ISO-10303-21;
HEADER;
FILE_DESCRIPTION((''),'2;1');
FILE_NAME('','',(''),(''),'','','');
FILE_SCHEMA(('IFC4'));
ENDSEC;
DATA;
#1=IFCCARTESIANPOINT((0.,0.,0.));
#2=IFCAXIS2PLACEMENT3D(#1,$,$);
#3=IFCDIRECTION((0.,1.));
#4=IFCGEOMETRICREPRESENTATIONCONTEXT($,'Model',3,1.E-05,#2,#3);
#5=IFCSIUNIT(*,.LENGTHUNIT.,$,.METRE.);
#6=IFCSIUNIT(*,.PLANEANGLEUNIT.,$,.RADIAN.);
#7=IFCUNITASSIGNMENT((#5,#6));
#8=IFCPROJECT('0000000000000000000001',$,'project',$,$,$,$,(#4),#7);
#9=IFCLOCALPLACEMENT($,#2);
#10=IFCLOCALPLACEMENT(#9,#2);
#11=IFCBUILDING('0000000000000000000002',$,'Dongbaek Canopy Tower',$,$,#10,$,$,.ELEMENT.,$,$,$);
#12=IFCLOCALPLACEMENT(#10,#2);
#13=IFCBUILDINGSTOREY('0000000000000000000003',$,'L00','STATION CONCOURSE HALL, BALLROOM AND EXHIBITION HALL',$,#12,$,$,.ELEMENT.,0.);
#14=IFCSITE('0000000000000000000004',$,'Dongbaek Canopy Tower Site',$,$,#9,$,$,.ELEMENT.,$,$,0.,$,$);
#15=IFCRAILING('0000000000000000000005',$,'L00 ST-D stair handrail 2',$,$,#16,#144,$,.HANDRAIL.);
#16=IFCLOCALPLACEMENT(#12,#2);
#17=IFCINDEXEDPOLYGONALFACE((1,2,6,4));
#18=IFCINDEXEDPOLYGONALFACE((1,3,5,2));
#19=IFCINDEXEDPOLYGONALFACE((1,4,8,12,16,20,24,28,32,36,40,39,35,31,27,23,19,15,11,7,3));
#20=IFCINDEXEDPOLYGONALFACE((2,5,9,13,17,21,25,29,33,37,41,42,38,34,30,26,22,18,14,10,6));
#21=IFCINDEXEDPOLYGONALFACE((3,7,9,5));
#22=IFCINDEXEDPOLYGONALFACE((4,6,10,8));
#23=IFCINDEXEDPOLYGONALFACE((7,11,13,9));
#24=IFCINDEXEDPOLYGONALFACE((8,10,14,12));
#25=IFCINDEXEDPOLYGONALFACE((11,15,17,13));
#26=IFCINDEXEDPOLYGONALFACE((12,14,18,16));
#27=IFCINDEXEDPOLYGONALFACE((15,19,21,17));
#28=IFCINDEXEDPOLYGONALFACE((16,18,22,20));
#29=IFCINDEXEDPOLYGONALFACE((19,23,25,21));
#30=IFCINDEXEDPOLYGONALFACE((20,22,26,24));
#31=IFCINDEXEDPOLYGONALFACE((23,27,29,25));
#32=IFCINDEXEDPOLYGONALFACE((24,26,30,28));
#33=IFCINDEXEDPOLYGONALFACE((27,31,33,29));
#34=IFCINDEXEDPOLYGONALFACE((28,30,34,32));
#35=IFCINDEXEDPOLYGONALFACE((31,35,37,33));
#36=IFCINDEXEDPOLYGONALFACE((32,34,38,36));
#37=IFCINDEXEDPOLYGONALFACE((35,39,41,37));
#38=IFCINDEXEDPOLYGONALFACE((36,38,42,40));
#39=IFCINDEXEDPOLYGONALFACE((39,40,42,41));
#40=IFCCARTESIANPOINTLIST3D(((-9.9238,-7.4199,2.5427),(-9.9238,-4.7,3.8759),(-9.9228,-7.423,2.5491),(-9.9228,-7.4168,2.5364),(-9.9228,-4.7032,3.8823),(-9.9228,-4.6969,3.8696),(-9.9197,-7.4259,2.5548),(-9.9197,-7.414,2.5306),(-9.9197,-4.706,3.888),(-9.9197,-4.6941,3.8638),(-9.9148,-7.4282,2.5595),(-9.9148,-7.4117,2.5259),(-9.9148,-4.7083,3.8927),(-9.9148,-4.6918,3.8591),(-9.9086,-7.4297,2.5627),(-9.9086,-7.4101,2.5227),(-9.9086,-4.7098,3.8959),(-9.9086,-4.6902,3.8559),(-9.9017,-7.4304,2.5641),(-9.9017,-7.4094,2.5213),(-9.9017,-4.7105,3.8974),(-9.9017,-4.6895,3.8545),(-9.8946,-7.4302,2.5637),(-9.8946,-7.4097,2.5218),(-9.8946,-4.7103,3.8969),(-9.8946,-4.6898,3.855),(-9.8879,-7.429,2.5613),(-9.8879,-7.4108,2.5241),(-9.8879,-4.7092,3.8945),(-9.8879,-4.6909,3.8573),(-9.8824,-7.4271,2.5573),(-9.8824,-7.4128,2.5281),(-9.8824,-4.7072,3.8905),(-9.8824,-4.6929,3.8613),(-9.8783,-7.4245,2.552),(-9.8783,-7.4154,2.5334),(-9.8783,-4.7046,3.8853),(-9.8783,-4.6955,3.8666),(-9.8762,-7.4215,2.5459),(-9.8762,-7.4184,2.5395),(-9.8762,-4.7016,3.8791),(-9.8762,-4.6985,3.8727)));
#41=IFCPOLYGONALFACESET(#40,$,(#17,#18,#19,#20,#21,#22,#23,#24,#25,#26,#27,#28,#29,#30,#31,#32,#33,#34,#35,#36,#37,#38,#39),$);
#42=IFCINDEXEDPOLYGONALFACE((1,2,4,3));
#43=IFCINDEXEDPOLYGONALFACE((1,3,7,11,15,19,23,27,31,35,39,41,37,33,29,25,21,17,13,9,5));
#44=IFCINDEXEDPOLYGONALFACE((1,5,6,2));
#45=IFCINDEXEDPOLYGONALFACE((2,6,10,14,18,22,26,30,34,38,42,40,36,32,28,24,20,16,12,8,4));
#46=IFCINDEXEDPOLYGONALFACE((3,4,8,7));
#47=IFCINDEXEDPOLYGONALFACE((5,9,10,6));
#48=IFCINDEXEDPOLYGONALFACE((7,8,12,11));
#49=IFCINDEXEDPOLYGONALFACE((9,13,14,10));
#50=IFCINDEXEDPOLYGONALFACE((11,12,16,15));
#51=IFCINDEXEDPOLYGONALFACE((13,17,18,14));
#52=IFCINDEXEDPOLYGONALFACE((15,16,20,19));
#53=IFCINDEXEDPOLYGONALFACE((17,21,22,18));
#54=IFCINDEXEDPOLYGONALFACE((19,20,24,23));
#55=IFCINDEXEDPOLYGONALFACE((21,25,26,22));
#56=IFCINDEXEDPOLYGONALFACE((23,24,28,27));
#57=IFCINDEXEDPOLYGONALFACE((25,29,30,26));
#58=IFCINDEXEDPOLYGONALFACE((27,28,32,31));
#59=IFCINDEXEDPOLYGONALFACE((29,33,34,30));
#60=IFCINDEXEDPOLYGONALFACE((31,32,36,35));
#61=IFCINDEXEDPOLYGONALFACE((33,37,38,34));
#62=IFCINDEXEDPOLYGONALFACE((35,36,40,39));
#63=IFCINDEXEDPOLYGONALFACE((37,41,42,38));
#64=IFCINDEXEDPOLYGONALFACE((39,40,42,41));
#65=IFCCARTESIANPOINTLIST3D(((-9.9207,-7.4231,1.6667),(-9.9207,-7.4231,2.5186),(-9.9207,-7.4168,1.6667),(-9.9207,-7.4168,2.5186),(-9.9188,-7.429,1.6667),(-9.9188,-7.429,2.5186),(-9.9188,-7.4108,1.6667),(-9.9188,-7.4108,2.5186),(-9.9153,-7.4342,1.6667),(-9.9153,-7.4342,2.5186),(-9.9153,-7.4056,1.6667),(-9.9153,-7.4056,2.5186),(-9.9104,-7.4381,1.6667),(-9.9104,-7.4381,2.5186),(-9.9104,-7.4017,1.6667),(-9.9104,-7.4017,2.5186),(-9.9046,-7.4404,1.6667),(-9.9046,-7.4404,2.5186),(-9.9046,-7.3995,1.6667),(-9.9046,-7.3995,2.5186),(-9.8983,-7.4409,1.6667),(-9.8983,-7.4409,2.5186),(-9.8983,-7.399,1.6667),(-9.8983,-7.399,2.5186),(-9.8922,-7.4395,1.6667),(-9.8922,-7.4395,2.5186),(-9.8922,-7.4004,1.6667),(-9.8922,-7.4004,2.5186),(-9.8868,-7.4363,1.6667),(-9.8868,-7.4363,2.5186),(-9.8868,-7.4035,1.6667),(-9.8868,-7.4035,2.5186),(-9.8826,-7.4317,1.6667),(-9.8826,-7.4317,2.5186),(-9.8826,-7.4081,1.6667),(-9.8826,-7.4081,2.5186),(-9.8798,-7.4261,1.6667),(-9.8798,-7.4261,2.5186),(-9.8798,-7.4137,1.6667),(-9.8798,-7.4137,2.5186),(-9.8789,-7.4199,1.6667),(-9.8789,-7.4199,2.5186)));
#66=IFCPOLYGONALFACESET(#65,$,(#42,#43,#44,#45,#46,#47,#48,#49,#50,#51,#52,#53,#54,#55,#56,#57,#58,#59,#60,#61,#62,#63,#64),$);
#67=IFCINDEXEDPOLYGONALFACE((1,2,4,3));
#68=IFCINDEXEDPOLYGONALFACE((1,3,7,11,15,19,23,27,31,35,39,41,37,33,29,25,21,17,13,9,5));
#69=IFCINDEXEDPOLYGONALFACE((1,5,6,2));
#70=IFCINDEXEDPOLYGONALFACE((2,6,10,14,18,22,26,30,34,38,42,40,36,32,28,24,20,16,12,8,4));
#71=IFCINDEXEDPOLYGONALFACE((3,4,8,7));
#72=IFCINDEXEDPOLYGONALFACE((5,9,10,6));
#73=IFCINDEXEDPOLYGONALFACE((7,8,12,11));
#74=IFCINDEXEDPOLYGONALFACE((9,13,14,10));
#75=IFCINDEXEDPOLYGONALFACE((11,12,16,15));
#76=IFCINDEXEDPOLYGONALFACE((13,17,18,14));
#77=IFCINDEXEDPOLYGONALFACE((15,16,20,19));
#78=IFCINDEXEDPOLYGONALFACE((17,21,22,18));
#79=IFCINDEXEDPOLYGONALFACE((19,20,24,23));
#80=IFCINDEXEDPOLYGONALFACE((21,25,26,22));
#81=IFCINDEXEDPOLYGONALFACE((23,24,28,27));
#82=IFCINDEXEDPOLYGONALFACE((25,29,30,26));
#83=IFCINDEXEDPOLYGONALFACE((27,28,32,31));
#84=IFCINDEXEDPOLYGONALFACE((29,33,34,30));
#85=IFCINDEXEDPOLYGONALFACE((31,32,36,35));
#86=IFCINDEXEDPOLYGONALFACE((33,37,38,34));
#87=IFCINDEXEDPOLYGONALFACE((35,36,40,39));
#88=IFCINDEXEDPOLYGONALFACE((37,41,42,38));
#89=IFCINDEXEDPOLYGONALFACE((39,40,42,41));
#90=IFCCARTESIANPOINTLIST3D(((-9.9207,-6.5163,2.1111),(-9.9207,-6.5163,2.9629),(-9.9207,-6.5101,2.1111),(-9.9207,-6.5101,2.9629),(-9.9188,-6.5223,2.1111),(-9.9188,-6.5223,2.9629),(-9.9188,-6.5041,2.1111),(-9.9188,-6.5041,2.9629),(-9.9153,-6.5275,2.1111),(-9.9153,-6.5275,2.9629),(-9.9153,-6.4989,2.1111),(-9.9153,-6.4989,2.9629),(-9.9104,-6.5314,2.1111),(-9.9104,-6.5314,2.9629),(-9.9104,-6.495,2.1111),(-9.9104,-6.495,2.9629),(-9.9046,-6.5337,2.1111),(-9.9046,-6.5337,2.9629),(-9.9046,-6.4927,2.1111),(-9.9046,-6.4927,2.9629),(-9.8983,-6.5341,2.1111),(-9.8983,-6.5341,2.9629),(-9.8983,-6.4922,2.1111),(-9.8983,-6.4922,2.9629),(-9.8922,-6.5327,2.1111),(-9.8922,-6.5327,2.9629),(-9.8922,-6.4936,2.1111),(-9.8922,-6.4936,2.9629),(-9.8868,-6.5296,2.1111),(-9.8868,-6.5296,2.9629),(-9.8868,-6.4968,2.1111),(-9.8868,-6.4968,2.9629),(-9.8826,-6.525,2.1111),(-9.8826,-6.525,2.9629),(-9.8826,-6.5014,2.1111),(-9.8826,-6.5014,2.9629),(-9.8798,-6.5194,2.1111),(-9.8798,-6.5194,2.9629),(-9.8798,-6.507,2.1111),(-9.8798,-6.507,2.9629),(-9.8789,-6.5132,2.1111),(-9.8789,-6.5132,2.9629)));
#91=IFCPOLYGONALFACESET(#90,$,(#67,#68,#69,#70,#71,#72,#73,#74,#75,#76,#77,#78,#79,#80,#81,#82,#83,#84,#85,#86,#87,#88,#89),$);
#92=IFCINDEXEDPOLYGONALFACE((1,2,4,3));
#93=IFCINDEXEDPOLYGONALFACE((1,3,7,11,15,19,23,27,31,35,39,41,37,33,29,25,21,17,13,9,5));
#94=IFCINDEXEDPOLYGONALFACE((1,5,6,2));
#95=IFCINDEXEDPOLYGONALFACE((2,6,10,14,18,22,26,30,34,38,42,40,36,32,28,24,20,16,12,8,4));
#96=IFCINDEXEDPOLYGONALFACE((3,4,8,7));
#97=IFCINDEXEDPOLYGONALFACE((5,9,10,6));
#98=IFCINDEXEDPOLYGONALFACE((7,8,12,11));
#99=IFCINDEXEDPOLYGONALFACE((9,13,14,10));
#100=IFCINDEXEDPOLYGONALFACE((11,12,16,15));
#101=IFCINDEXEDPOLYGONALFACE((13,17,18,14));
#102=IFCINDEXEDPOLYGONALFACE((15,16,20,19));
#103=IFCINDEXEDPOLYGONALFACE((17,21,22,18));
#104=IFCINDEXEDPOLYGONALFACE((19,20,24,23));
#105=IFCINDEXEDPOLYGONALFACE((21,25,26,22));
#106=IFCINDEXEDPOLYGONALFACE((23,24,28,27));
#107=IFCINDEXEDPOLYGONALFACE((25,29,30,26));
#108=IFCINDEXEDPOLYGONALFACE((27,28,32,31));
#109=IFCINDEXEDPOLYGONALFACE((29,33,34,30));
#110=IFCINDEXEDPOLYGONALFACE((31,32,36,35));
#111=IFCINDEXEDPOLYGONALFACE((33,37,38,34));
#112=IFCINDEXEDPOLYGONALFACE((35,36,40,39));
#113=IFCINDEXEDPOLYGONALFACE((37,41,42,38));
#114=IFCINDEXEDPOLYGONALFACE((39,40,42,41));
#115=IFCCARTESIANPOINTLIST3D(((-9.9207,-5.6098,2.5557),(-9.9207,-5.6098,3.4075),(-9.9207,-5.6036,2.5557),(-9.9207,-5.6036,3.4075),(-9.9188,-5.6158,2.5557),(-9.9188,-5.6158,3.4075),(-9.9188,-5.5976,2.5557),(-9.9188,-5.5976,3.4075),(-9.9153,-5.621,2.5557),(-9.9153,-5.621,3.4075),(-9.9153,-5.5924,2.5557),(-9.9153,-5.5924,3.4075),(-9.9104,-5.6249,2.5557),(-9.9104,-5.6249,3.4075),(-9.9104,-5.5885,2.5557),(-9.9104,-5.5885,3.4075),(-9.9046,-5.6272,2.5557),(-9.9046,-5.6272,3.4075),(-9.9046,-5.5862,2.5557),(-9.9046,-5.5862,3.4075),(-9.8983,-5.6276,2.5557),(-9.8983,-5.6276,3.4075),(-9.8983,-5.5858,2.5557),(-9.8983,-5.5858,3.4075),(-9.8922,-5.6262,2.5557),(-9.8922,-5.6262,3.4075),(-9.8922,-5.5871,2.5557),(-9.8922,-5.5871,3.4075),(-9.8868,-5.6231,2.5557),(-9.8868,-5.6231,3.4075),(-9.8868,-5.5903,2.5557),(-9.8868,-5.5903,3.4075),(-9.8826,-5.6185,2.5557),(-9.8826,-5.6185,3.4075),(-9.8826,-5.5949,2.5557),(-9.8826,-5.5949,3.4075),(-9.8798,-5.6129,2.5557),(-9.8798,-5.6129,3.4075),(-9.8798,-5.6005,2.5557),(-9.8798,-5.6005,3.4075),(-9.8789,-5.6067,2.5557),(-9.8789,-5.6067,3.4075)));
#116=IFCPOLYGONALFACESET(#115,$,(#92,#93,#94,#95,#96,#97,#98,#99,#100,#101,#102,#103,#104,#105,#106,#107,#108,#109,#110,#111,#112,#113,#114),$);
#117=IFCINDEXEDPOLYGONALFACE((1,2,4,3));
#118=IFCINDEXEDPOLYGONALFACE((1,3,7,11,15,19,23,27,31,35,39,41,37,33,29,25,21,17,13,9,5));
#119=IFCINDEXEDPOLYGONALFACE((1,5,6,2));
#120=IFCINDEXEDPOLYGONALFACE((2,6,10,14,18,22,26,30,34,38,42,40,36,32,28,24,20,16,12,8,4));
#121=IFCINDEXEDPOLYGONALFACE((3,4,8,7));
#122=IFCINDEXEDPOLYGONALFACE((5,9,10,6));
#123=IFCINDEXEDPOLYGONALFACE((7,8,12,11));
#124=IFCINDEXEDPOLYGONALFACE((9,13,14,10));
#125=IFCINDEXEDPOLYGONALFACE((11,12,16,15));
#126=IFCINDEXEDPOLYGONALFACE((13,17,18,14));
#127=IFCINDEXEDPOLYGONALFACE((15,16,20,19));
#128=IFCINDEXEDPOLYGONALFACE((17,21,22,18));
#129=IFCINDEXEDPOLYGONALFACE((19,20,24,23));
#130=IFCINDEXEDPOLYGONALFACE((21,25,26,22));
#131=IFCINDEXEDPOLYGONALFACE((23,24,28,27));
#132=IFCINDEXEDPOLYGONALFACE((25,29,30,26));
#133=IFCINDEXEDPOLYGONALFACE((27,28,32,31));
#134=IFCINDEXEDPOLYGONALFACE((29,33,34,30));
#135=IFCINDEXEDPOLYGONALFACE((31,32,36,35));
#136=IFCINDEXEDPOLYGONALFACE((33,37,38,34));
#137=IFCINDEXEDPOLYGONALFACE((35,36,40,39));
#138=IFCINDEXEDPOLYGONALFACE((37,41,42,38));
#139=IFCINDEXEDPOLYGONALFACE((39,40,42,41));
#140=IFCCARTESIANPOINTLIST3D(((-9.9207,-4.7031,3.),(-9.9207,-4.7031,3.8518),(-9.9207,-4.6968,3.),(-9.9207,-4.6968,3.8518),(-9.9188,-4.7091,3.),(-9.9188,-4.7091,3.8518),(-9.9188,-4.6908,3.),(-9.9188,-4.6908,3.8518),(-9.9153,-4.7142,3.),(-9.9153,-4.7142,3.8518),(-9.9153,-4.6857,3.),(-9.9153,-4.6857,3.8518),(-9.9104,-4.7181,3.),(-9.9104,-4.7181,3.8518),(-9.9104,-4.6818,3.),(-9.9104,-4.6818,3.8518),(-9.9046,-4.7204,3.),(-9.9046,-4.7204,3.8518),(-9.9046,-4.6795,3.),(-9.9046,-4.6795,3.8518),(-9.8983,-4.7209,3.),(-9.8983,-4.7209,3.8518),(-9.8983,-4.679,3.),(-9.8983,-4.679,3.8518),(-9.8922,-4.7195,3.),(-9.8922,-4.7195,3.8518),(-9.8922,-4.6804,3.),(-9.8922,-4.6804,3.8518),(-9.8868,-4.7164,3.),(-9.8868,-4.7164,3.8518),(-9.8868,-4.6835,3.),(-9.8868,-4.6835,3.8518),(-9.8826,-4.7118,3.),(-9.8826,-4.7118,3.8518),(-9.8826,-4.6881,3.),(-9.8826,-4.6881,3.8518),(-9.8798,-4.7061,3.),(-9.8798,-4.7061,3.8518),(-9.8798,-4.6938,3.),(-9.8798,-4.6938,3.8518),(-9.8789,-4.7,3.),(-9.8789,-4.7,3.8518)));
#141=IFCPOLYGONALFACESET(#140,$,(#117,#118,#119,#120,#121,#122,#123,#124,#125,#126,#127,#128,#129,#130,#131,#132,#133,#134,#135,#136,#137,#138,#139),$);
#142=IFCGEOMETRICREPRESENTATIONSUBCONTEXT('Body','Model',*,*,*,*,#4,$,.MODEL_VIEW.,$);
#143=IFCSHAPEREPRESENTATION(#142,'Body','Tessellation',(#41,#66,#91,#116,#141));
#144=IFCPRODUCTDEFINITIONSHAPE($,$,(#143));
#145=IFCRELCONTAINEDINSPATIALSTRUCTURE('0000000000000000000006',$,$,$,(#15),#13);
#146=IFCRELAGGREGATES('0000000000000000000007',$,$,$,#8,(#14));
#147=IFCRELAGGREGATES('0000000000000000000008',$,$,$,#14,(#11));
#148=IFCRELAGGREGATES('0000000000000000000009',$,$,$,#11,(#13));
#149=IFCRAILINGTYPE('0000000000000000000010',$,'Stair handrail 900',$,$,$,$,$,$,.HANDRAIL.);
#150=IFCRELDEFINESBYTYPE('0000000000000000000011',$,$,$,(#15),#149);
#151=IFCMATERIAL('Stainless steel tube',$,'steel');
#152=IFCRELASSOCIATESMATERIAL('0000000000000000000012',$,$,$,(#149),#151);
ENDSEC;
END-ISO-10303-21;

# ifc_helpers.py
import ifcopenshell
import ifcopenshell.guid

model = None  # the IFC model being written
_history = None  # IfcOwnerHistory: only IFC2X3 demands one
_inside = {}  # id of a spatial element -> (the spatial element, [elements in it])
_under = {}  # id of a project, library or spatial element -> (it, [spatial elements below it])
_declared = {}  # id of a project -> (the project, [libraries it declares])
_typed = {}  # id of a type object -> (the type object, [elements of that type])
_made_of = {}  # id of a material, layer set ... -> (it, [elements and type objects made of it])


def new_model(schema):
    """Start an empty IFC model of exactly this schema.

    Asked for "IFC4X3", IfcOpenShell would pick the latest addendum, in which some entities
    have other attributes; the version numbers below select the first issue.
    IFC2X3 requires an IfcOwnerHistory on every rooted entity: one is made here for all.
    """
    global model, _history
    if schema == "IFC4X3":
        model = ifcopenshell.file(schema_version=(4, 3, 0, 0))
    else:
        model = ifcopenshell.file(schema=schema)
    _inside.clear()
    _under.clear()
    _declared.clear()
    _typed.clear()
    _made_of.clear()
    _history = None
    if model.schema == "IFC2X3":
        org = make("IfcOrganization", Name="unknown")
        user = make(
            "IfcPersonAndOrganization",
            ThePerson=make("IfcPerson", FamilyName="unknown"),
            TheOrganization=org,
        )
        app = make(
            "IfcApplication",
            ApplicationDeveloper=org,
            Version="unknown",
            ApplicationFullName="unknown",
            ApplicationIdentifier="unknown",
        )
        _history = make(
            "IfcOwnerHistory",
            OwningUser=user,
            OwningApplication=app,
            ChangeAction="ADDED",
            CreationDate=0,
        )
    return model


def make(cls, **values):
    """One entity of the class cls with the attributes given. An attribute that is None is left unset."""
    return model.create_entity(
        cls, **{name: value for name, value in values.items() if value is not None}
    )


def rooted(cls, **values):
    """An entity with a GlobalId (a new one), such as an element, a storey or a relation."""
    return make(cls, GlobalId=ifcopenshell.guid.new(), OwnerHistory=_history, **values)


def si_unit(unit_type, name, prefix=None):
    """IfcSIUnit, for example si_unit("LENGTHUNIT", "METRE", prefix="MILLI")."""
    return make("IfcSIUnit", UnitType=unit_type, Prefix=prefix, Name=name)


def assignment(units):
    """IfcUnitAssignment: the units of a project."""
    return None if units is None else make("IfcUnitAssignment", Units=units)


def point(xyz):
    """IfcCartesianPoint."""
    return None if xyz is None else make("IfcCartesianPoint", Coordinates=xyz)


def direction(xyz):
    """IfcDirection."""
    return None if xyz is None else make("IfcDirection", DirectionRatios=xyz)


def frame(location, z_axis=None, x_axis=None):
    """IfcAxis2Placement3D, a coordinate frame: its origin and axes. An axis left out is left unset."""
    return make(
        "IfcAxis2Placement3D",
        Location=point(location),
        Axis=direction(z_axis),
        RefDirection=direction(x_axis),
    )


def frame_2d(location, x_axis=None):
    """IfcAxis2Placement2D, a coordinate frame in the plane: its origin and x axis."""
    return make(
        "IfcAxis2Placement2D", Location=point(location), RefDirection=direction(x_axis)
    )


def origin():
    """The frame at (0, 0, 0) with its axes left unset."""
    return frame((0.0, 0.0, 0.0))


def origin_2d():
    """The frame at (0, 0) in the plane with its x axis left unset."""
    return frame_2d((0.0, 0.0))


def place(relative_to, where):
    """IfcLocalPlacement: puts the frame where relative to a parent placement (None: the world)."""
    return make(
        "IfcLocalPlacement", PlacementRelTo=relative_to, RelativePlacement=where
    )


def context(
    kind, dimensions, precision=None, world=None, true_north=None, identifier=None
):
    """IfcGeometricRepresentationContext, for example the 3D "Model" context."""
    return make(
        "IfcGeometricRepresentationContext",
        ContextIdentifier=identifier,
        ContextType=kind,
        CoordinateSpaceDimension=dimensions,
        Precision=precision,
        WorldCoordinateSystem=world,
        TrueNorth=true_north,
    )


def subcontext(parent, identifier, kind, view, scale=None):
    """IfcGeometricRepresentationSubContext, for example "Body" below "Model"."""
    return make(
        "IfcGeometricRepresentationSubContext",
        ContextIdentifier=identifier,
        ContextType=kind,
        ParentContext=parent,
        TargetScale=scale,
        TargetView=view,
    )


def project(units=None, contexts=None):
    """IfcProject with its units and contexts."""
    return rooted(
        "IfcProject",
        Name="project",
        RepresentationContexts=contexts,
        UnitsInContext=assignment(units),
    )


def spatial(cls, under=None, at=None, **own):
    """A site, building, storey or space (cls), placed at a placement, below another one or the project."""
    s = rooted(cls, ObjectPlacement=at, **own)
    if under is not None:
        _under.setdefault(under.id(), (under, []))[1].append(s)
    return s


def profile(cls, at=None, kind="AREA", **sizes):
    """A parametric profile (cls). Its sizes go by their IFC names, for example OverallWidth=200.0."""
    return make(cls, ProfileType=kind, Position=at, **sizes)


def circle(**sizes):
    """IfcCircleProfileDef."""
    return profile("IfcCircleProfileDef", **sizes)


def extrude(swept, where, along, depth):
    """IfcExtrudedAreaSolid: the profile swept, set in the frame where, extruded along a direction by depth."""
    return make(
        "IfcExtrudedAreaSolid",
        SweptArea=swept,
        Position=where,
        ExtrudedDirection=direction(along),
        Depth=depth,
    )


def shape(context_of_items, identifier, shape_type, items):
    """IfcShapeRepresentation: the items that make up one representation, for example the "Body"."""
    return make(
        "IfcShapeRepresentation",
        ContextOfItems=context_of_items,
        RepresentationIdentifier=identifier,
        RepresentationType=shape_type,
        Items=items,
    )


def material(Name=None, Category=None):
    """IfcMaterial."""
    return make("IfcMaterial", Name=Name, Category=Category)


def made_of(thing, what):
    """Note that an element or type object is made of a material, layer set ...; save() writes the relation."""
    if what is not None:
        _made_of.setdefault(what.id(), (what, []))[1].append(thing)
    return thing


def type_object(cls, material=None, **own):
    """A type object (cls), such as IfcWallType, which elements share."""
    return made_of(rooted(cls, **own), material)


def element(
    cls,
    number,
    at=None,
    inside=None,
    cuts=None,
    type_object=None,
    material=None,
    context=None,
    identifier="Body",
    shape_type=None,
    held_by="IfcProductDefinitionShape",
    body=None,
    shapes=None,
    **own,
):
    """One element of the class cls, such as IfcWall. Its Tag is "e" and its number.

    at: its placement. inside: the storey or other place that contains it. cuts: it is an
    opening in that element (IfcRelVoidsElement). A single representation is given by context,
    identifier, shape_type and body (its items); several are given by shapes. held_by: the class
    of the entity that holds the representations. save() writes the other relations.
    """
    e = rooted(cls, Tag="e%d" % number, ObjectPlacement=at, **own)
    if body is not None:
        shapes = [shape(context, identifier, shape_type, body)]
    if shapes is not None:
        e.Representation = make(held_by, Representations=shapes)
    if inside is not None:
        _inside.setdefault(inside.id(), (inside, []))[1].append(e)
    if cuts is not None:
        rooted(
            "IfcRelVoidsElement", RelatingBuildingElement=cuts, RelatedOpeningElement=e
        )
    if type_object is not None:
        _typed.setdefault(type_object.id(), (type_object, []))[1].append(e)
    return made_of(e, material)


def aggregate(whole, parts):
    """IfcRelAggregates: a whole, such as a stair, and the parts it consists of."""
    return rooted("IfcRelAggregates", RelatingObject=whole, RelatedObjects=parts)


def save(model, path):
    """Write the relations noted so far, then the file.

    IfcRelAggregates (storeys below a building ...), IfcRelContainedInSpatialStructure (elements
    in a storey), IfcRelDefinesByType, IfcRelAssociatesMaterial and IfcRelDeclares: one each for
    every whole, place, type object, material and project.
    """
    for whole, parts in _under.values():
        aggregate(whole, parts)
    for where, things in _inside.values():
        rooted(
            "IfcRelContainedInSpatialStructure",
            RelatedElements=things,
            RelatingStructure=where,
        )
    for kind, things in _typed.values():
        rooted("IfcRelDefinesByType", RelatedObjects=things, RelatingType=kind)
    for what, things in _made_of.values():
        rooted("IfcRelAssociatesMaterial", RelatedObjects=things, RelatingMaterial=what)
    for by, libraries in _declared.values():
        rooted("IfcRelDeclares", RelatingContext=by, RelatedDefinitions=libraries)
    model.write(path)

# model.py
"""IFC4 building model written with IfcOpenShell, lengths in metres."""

from ifc_helpers import new_model, si_unit, direction, frame, origin, origin_2d, place, context, subcontext, project, spatial, circle, extrude, material, type_object, element, save


model = new_model("IFC4")

# Units and contexts
model_context = context("Model", 3, precision=1e-05, world=origin(), true_north=direction((0.0, 1.0)))
body_context = subcontext(model_context, "Body", "Model", "MODEL_VIEW")
ifc_project = project(units=[si_unit("LENGTHUNIT", "METRE"), si_unit("PLANEANGLEUNIT", "RADIAN")], contexts=[model_context])

# Site, building, storey
site_placement = place(None, origin())
site = spatial("IfcSite", under=ifc_project, at=site_placement, Name="Dongbaek Canopy Tower Site", CompositionType="ELEMENT", RefElevation=0.0)
building_placement = place(site_placement, origin())
building = spatial("IfcBuilding", under=site, at=building_placement, Name="Dongbaek Canopy Tower", CompositionType="ELEMENT")
storey_placement = place(building_placement, origin())
storey = spatial("IfcBuildingStorey", under=building, at=storey_placement, Name="L00", Description="STATION CONCOURSE HALL, BALLROOM AND EXHIBITION HALL", CompositionType="ELEMENT", Elevation=0.0)

# Railing
ifc_material_1 = material(Name="Stainless steel tube", Category="steel")
railing_type_1 = type_object("IfcRailingType", Name="Stair handrail 900", PredefinedType="HANDRAIL", material=ifc_material_1)
railing_1_placement = place(storey_placement, frame((-9.8999, -7.4199, 1.6667)))
element("IfcRailing", 1, at=railing_1_placement, inside=storey, type_object=railing_type_1, Name="L00 ST-D stair handrail 2", PredefinedType="HANDRAIL", context=body_context, shape_type="SweptSolid", body=[
    extrude(circle(Radius=0.0239, at=origin_2d()), frame((0.0, 0.0, 0.876), z_axis=(0.0, 0.897929, 0.440139), x_axis=(-1.0, 0.0, 0.0)), (0.0, 0.0, 1.0), 3.0291),
    extrude(circle(Radius=0.021, at=origin_2d()), origin(), (0.0, 0.0, 1.0), 0.8518),
    extrude(circle(Radius=0.021, at=origin_2d()), frame((0.0, 0.9067, 0.4443)), (0.0, 0.0, 1.0), 0.8518),
    extrude(circle(Radius=0.021, at=origin_2d()), frame((0.0, 1.8132, 0.8889)), (0.0, 0.0, 1.0), 0.8518),
    extrude(circle(Radius=0.021, at=origin_2d()), frame((0.0, 2.72, 1.3333)), (0.0, 0.0, 1.0), 0.8518),
])

save(model, "model.ifc")
